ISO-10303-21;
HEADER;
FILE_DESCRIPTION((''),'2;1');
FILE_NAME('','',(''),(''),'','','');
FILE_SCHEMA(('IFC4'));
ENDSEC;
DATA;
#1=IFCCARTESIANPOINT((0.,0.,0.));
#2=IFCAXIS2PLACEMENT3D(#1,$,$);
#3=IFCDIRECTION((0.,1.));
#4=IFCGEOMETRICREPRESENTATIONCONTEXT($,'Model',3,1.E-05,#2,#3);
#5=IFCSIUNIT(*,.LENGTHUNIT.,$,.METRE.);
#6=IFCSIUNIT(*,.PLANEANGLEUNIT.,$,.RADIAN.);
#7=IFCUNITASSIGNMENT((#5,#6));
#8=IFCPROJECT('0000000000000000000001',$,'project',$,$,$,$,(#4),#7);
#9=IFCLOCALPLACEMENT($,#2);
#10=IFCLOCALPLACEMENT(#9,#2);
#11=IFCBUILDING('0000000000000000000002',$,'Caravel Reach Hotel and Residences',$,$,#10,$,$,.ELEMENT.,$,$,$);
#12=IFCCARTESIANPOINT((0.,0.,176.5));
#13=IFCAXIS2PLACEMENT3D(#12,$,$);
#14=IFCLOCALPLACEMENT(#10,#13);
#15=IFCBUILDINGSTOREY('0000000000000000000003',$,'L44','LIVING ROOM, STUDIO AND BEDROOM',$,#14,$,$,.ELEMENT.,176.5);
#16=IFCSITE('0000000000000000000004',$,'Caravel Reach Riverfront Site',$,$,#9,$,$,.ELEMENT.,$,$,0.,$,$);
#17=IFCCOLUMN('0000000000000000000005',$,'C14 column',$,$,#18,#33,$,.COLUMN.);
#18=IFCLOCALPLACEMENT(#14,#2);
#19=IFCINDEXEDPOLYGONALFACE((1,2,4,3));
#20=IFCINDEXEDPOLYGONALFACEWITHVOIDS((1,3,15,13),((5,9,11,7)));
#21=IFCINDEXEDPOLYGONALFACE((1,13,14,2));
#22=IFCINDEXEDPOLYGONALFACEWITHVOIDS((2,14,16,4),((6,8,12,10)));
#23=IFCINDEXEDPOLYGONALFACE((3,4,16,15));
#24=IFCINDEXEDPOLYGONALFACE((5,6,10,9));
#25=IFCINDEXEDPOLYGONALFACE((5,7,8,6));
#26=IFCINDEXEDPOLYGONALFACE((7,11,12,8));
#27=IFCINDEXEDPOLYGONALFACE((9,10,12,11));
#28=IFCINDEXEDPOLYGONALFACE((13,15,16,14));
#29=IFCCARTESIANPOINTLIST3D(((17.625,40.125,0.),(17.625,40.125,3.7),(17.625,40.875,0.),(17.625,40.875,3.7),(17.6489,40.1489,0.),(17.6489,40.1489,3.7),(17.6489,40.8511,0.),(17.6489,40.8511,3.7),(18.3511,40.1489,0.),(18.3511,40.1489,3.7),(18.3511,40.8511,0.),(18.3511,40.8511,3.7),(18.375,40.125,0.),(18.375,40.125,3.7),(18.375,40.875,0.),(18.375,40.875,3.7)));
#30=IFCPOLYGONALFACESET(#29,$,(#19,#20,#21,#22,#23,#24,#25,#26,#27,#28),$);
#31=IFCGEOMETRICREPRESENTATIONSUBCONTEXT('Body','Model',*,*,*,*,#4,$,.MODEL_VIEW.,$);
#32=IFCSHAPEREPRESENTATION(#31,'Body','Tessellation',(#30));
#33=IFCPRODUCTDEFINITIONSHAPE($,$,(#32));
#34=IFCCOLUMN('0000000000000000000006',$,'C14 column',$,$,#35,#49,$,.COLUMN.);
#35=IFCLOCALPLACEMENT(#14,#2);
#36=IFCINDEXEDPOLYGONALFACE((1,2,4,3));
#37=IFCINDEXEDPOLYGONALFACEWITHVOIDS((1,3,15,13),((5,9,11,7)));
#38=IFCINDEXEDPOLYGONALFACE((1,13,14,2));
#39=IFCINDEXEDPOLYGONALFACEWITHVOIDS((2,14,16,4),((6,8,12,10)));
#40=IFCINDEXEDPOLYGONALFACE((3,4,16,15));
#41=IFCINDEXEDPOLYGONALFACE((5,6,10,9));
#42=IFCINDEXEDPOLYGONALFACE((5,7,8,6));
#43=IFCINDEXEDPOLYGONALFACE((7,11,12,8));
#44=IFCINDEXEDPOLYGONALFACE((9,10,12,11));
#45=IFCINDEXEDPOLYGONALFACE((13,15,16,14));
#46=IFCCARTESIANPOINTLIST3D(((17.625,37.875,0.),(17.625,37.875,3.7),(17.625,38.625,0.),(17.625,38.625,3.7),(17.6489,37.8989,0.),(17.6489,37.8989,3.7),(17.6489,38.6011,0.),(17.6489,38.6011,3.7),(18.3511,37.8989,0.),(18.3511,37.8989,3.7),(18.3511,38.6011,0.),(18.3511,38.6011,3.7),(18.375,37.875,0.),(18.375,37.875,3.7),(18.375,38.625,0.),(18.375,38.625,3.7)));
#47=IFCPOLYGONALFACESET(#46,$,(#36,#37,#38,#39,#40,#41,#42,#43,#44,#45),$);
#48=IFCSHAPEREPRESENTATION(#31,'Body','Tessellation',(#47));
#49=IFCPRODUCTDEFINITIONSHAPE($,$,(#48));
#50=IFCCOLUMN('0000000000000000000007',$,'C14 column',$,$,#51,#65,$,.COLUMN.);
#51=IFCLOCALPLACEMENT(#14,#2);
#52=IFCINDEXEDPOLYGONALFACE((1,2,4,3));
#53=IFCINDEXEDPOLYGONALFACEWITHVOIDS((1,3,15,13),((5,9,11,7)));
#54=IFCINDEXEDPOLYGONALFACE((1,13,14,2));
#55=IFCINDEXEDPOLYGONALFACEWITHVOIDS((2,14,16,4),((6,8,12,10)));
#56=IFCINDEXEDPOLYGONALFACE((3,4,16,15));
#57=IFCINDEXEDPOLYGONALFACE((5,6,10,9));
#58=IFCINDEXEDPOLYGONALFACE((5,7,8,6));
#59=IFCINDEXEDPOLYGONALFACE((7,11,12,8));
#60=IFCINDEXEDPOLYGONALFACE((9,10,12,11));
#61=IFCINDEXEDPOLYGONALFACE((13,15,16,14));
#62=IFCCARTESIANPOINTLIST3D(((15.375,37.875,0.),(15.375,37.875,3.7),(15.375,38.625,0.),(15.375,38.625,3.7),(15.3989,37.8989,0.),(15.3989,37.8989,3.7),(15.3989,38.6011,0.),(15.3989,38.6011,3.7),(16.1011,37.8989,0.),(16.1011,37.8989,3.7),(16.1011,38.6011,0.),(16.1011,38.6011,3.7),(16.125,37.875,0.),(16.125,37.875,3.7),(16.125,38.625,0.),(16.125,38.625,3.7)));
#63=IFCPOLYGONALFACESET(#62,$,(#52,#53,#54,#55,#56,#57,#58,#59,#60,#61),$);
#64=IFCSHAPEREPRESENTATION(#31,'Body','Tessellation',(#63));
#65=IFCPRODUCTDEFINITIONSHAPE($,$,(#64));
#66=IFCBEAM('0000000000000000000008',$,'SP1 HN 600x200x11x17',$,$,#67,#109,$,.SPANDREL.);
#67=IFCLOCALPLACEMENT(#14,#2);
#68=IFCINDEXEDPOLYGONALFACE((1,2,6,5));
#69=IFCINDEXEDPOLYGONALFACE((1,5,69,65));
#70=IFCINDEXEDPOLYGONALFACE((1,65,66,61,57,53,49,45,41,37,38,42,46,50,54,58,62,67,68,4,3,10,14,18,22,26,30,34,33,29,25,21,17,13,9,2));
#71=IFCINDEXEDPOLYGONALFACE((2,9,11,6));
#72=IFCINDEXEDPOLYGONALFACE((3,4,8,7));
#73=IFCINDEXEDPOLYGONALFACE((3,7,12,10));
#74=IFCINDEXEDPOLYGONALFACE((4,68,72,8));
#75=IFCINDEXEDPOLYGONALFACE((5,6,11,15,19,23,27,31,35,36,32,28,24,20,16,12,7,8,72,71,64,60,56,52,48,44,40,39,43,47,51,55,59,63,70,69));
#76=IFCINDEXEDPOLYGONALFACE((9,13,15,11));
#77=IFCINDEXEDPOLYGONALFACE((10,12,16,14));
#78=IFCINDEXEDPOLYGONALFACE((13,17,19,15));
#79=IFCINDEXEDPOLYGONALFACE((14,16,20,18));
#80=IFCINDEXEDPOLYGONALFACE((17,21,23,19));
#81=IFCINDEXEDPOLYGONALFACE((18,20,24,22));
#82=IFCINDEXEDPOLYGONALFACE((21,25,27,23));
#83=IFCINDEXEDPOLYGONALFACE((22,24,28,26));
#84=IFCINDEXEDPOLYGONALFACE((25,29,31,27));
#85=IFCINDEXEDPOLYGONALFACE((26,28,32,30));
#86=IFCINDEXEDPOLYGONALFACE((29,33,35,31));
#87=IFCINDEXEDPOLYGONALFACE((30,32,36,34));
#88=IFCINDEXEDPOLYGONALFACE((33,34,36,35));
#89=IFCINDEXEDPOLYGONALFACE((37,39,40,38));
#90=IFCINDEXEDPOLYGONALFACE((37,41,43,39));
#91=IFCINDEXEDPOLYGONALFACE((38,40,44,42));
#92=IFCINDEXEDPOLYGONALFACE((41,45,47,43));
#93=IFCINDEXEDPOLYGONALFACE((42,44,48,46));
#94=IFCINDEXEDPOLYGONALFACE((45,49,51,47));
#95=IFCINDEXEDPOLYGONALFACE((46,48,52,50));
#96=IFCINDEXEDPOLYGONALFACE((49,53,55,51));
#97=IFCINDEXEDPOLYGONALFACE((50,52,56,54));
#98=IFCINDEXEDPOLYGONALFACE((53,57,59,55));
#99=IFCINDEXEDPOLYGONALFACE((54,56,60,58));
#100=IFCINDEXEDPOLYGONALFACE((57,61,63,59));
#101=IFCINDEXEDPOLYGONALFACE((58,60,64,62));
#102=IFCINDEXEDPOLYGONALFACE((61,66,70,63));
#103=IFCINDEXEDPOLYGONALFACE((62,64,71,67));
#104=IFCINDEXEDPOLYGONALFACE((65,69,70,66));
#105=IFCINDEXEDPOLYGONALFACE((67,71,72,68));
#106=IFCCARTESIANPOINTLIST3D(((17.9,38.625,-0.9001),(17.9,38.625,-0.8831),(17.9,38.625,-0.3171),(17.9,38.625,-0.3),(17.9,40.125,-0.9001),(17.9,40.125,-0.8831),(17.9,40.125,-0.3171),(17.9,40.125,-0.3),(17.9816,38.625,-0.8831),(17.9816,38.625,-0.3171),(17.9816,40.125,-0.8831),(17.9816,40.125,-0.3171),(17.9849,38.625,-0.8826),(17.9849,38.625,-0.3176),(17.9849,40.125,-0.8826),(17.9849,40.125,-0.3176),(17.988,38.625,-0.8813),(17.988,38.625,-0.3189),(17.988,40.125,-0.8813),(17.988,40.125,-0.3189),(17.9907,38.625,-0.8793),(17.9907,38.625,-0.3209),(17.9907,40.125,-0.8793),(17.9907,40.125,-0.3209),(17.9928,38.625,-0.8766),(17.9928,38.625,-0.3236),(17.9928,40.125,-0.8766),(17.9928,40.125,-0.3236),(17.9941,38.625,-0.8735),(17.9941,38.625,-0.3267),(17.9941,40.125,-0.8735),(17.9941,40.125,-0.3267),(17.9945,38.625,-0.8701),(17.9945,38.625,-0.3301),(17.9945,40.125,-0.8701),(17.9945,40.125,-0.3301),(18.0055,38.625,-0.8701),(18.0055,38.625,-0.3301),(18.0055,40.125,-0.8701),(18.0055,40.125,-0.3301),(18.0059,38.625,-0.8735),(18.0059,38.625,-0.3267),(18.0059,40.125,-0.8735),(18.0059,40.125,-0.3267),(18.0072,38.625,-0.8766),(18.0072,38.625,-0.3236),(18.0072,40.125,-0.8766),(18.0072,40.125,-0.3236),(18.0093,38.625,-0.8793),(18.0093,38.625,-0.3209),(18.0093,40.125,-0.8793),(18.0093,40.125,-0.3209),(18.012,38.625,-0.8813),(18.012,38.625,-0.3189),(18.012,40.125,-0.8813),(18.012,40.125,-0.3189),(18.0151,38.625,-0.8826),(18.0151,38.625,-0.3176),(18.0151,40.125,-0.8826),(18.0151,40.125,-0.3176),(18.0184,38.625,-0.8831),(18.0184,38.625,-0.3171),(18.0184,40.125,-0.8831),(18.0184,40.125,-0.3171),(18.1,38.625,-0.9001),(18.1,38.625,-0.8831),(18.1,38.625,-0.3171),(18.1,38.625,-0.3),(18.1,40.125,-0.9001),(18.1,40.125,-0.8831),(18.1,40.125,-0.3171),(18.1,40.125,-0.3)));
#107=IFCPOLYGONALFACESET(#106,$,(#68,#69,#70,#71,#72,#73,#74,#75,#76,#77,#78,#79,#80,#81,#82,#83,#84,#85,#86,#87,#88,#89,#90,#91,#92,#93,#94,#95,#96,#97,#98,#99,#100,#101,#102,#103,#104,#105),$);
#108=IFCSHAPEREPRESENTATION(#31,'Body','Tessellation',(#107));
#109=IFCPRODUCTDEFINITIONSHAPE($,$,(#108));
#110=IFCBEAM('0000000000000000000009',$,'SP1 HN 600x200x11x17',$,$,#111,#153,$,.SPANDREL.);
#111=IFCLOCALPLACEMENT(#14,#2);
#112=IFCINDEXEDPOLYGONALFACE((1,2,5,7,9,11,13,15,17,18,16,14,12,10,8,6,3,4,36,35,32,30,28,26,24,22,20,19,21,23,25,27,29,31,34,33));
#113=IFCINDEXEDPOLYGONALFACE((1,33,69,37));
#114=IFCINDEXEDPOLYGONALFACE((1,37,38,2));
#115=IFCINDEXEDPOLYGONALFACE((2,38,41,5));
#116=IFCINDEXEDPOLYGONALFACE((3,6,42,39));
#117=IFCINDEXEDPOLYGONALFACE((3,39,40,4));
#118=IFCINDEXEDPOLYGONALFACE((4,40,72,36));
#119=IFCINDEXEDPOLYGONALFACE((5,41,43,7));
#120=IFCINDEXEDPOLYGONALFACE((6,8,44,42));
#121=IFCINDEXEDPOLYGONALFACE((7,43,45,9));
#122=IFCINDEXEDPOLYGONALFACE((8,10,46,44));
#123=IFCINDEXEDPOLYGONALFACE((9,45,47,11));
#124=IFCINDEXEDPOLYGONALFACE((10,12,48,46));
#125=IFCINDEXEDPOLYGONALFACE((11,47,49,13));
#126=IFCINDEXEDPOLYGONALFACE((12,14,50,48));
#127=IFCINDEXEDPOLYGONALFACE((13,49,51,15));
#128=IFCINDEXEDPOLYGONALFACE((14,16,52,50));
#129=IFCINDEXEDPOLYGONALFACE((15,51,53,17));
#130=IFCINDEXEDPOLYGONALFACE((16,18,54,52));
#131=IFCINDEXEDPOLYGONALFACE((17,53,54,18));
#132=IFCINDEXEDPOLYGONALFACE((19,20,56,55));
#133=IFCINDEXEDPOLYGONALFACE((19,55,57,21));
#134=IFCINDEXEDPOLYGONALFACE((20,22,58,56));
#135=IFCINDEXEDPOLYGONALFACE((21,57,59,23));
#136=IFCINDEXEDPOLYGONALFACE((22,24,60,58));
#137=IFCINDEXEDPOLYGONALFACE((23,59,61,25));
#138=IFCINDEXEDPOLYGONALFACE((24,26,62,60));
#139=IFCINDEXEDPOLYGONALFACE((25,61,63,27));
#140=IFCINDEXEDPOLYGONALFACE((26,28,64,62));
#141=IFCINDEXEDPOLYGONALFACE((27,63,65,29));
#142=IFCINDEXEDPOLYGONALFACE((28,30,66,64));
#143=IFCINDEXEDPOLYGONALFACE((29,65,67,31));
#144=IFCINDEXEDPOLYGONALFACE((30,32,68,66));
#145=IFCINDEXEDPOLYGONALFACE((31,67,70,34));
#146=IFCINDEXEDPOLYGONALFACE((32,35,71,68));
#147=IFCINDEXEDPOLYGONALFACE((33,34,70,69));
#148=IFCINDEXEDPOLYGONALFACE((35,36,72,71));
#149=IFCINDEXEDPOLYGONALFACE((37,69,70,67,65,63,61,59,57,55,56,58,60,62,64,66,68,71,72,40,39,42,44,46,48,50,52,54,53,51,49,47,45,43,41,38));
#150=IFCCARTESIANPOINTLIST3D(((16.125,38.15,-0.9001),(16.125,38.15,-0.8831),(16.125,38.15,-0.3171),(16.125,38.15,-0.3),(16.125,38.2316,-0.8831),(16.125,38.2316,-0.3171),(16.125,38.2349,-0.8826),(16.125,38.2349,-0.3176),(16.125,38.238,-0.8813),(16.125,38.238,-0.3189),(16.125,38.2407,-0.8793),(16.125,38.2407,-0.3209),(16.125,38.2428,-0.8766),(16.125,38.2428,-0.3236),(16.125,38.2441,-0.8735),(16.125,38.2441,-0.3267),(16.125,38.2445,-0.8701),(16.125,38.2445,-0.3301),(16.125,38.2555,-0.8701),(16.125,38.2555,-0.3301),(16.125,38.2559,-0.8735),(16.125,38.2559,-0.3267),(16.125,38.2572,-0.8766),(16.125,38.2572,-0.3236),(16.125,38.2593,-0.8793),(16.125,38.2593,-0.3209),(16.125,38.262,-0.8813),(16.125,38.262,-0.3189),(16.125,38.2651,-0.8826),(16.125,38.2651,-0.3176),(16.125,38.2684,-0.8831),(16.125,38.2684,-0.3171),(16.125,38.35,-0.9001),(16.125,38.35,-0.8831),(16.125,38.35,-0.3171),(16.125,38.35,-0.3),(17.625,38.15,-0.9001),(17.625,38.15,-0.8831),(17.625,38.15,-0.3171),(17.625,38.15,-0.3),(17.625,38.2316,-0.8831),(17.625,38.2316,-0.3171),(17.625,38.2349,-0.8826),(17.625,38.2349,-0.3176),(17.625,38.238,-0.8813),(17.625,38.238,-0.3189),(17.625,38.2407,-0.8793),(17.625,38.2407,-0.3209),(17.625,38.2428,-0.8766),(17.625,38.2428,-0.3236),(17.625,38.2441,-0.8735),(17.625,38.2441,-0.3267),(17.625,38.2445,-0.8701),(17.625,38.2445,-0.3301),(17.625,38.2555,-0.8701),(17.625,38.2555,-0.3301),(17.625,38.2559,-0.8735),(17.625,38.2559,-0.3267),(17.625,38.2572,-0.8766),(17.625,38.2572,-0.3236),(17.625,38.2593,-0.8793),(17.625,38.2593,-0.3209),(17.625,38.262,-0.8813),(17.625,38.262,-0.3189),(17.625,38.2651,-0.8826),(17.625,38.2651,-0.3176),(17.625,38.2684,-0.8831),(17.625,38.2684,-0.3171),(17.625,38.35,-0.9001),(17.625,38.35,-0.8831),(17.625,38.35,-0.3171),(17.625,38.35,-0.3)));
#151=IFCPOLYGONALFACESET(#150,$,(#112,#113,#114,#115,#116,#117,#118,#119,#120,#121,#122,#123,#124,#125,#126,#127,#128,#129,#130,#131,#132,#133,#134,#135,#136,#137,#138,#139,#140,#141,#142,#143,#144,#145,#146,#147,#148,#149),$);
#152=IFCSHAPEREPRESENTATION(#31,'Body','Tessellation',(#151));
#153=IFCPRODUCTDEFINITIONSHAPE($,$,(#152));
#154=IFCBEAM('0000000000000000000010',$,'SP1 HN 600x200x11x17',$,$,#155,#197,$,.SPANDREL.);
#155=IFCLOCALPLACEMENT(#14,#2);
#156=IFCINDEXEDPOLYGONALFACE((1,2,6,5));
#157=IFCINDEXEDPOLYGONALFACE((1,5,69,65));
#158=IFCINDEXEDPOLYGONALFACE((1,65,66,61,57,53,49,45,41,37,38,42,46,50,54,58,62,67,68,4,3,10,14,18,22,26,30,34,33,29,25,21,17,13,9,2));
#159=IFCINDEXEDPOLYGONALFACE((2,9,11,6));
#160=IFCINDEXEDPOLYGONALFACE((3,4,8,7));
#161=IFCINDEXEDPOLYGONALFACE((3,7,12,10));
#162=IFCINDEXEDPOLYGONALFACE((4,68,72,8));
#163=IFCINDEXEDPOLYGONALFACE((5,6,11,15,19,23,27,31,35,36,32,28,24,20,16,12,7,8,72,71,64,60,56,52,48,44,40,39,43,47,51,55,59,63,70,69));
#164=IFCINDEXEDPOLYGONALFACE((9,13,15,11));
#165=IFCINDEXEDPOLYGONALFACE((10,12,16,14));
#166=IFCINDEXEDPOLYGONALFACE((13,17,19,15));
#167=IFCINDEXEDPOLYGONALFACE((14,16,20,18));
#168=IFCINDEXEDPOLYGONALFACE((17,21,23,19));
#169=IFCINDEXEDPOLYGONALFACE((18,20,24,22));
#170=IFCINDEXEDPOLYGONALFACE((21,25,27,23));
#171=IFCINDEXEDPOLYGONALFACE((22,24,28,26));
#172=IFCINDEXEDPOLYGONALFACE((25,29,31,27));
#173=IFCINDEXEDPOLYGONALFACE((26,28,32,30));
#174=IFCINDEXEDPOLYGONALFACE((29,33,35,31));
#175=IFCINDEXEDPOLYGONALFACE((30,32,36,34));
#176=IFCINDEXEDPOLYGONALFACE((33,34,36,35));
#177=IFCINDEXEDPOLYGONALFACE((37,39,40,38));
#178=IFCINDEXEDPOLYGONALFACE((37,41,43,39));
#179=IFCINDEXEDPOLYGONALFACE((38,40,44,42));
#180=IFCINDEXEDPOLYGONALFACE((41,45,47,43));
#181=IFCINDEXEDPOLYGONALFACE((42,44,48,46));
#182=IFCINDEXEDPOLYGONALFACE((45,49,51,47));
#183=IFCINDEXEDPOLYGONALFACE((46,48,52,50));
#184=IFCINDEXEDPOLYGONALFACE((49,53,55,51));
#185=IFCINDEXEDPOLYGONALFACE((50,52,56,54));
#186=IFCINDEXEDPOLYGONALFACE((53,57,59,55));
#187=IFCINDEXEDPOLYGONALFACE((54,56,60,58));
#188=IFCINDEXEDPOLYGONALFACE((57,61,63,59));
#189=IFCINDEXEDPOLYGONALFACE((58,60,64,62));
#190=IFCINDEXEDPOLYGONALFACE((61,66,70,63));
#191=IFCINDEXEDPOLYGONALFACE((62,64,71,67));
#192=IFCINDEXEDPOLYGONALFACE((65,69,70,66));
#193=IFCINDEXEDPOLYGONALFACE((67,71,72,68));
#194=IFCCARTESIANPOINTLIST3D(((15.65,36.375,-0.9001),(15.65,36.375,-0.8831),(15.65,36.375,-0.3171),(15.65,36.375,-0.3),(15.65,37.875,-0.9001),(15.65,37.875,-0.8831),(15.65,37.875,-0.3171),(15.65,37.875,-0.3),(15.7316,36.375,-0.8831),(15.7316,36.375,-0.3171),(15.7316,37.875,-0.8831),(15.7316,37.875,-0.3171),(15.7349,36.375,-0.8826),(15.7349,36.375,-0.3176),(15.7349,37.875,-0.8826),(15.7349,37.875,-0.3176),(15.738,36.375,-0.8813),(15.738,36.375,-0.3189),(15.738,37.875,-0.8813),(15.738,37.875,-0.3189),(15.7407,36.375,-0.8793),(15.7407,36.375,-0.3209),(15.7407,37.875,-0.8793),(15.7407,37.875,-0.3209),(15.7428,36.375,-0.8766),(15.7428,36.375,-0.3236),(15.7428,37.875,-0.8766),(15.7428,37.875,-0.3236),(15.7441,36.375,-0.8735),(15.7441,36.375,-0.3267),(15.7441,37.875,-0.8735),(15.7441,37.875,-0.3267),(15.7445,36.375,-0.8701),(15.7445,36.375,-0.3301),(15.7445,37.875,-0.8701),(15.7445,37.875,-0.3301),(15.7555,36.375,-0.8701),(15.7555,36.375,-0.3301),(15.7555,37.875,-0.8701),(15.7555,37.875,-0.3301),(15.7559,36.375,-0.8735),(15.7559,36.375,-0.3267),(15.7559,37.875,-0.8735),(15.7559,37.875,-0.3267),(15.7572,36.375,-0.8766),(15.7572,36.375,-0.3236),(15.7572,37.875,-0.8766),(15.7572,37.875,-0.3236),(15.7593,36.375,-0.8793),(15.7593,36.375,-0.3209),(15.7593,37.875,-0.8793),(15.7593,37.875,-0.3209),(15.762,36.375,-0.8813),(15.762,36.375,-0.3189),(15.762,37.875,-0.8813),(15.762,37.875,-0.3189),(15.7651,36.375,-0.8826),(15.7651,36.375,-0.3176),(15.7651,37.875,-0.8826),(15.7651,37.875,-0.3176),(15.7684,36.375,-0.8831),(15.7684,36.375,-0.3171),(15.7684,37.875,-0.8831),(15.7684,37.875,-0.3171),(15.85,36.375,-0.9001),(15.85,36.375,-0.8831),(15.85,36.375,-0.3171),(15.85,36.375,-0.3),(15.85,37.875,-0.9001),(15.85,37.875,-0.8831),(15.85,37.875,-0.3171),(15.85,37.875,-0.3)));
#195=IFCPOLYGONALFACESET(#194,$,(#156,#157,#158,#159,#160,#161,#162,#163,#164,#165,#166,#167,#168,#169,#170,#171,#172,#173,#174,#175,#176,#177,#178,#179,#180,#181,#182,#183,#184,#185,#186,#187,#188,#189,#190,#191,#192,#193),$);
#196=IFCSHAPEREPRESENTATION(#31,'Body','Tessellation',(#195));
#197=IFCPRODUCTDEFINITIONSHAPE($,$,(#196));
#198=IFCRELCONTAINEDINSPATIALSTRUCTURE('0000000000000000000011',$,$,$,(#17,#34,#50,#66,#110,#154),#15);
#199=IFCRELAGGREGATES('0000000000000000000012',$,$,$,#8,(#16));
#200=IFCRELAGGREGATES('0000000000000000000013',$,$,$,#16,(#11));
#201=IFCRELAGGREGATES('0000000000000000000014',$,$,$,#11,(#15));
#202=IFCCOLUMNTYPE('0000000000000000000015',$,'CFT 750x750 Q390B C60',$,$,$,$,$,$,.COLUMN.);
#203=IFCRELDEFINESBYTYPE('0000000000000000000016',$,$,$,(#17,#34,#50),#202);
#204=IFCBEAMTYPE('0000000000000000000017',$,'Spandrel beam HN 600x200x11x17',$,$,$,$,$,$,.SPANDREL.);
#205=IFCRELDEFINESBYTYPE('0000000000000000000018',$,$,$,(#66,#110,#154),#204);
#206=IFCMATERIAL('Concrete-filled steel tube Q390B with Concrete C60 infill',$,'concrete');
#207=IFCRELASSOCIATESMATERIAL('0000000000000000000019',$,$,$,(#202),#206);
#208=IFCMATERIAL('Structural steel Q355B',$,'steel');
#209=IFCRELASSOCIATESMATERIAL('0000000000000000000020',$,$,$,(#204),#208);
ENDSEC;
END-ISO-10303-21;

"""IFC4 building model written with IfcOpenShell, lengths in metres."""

from ifc_helpers import new_model, si_unit, direction, frame, origin, origin_2d, place, context, subcontext, project, spatial, hollow_rectangle, i_section, extrude, material, material_profile, profile_set, type_object, element, save


model = new_model("IFC4")

# Units and contexts
model_context = context("Model", 3, precision=1e-05, world=origin(), true_north=direction((0.0, 1.0)))
body_context = subcontext(model_context, "Body", "Model", "MODEL_VIEW")
ifc_project = project(units=[si_unit("LENGTHUNIT", "METRE"), si_unit("PLANEANGLEUNIT", "RADIAN")], contexts=[model_context])

# Site, building, storey
site_placement = place(None, origin())
site = spatial("IfcSite", under=ifc_project, at=site_placement, Name="Caravel Reach Riverfront Site", CompositionType="ELEMENT", RefElevation=0.0)
building_placement = place(site_placement, origin())
building = spatial("IfcBuilding", under=site, at=building_placement, Name="Caravel Reach Hotel and Residences", CompositionType="ELEMENT")
storey_placement = place(building_placement, frame((0.0, 0.0, 176.5)))
storey = spatial("IfcBuildingStorey", under=building, at=storey_placement, Name="L44", Description="LIVING ROOM, STUDIO AND BEDROOM", CompositionType="ELEMENT", Elevation=176.5)

# Columns
ifc_material_1 = material(Name="Concrete-filled steel tube Q390B with Concrete C60 infill", Category="concrete")
ifc_material_profile_1 = material_profile(ifc_material_1, hollow_rectangle(XDim=0.75, YDim=0.75, WallThickness=0.0239, at=origin_2d()), Name="RHS 750x750x24")
ifc_profile_set_1 = profile_set([ifc_material_profile_1], Name="Concrete-filled steel tube Q390B with Concrete C60 infill")
column_type = type_object("IfcColumnType", Name="CFT 750x750 Q390B C60", PredefinedType="COLUMN", material=ifc_profile_set_1)
for number, where, z_axis, x_axis, name in (
    (1, (18.0, 40.5, 0.0), (0.0, 0.0, 1.0), (1.0, 0.0, 0.0), "C14 column"),
    (2, (18.0, 38.25, 0.0), (0.0, 0.0, 1.0), (1.0, 0.0, 0.0), "C14 column"),
    (3, (15.75, 38.25, 0.0), (0.0, 0.0, 1.0), (1.0, 0.0, 0.0), "C14 column"),
):
    element("IfcColumn", number, at=place(storey_placement, frame(where, z_axis=z_axis, x_axis=x_axis)), inside=storey, type_object=column_type, Name=name, PredefinedType="COLUMN", context=body_context, shape_type="SweptSolid", body=[
        extrude(hollow_rectangle(XDim=0.75, YDim=0.75, WallThickness=0.0239, at=origin_2d()), origin(), (0.0, 0.0, 1.0), 3.7),
    ])

# Beams
ifc_material_2 = material(Name="Structural steel Q355B", Category="steel")
ifc_material_profile_2 = material_profile(ifc_material_2, i_section(OverallWidth=0.2, OverallDepth=0.6001, WebThickness=0.011, FlangeThickness=0.0171, FilletRadius=0.0129, at=origin_2d()), Name="HN 600x200x11x17")
ifc_profile_set_2 = profile_set([ifc_material_profile_2], Name="Structural steel Q355B")
beam_type = type_object("IfcBeamType", Name="Spandrel beam HN 600x200x11x17", PredefinedType="SPANDREL", material=ifc_profile_set_2)
for number, where, z_axis, x_axis, name in (
    (4, (18.0, 40.125, -0.6001), (0.0, -1.0, 0.0), (1.0, 0.0, 0.0), "SP1 HN 600x200x11x17"),
    (5, (17.625, 38.25, -0.6001), (-1.0, 0.0, 0.0), (0.0, -1.0, 0.0), "SP1 HN 600x200x11x17"),
    (6, (15.75, 37.875, -0.6001), (0.0, -1.0, 0.0), (1.0, 0.0, 0.0), "SP1 HN 600x200x11x17"),
):
    element("IfcBeam", number, at=place(storey_placement, frame(where, z_axis=z_axis, x_axis=x_axis)), inside=storey, type_object=beam_type, Name=name, PredefinedType="SPANDREL", context=body_context, shape_type="SweptSolid", body=[
        extrude(i_section(OverallWidth=0.2, OverallDepth=0.6001, WebThickness=0.011, FlangeThickness=0.0171, FilletRadius=0.0129, at=origin_2d()), origin(), (0.0, 0.0, 1.0), 1.5),
    ])

save(model, "model.ifc")
